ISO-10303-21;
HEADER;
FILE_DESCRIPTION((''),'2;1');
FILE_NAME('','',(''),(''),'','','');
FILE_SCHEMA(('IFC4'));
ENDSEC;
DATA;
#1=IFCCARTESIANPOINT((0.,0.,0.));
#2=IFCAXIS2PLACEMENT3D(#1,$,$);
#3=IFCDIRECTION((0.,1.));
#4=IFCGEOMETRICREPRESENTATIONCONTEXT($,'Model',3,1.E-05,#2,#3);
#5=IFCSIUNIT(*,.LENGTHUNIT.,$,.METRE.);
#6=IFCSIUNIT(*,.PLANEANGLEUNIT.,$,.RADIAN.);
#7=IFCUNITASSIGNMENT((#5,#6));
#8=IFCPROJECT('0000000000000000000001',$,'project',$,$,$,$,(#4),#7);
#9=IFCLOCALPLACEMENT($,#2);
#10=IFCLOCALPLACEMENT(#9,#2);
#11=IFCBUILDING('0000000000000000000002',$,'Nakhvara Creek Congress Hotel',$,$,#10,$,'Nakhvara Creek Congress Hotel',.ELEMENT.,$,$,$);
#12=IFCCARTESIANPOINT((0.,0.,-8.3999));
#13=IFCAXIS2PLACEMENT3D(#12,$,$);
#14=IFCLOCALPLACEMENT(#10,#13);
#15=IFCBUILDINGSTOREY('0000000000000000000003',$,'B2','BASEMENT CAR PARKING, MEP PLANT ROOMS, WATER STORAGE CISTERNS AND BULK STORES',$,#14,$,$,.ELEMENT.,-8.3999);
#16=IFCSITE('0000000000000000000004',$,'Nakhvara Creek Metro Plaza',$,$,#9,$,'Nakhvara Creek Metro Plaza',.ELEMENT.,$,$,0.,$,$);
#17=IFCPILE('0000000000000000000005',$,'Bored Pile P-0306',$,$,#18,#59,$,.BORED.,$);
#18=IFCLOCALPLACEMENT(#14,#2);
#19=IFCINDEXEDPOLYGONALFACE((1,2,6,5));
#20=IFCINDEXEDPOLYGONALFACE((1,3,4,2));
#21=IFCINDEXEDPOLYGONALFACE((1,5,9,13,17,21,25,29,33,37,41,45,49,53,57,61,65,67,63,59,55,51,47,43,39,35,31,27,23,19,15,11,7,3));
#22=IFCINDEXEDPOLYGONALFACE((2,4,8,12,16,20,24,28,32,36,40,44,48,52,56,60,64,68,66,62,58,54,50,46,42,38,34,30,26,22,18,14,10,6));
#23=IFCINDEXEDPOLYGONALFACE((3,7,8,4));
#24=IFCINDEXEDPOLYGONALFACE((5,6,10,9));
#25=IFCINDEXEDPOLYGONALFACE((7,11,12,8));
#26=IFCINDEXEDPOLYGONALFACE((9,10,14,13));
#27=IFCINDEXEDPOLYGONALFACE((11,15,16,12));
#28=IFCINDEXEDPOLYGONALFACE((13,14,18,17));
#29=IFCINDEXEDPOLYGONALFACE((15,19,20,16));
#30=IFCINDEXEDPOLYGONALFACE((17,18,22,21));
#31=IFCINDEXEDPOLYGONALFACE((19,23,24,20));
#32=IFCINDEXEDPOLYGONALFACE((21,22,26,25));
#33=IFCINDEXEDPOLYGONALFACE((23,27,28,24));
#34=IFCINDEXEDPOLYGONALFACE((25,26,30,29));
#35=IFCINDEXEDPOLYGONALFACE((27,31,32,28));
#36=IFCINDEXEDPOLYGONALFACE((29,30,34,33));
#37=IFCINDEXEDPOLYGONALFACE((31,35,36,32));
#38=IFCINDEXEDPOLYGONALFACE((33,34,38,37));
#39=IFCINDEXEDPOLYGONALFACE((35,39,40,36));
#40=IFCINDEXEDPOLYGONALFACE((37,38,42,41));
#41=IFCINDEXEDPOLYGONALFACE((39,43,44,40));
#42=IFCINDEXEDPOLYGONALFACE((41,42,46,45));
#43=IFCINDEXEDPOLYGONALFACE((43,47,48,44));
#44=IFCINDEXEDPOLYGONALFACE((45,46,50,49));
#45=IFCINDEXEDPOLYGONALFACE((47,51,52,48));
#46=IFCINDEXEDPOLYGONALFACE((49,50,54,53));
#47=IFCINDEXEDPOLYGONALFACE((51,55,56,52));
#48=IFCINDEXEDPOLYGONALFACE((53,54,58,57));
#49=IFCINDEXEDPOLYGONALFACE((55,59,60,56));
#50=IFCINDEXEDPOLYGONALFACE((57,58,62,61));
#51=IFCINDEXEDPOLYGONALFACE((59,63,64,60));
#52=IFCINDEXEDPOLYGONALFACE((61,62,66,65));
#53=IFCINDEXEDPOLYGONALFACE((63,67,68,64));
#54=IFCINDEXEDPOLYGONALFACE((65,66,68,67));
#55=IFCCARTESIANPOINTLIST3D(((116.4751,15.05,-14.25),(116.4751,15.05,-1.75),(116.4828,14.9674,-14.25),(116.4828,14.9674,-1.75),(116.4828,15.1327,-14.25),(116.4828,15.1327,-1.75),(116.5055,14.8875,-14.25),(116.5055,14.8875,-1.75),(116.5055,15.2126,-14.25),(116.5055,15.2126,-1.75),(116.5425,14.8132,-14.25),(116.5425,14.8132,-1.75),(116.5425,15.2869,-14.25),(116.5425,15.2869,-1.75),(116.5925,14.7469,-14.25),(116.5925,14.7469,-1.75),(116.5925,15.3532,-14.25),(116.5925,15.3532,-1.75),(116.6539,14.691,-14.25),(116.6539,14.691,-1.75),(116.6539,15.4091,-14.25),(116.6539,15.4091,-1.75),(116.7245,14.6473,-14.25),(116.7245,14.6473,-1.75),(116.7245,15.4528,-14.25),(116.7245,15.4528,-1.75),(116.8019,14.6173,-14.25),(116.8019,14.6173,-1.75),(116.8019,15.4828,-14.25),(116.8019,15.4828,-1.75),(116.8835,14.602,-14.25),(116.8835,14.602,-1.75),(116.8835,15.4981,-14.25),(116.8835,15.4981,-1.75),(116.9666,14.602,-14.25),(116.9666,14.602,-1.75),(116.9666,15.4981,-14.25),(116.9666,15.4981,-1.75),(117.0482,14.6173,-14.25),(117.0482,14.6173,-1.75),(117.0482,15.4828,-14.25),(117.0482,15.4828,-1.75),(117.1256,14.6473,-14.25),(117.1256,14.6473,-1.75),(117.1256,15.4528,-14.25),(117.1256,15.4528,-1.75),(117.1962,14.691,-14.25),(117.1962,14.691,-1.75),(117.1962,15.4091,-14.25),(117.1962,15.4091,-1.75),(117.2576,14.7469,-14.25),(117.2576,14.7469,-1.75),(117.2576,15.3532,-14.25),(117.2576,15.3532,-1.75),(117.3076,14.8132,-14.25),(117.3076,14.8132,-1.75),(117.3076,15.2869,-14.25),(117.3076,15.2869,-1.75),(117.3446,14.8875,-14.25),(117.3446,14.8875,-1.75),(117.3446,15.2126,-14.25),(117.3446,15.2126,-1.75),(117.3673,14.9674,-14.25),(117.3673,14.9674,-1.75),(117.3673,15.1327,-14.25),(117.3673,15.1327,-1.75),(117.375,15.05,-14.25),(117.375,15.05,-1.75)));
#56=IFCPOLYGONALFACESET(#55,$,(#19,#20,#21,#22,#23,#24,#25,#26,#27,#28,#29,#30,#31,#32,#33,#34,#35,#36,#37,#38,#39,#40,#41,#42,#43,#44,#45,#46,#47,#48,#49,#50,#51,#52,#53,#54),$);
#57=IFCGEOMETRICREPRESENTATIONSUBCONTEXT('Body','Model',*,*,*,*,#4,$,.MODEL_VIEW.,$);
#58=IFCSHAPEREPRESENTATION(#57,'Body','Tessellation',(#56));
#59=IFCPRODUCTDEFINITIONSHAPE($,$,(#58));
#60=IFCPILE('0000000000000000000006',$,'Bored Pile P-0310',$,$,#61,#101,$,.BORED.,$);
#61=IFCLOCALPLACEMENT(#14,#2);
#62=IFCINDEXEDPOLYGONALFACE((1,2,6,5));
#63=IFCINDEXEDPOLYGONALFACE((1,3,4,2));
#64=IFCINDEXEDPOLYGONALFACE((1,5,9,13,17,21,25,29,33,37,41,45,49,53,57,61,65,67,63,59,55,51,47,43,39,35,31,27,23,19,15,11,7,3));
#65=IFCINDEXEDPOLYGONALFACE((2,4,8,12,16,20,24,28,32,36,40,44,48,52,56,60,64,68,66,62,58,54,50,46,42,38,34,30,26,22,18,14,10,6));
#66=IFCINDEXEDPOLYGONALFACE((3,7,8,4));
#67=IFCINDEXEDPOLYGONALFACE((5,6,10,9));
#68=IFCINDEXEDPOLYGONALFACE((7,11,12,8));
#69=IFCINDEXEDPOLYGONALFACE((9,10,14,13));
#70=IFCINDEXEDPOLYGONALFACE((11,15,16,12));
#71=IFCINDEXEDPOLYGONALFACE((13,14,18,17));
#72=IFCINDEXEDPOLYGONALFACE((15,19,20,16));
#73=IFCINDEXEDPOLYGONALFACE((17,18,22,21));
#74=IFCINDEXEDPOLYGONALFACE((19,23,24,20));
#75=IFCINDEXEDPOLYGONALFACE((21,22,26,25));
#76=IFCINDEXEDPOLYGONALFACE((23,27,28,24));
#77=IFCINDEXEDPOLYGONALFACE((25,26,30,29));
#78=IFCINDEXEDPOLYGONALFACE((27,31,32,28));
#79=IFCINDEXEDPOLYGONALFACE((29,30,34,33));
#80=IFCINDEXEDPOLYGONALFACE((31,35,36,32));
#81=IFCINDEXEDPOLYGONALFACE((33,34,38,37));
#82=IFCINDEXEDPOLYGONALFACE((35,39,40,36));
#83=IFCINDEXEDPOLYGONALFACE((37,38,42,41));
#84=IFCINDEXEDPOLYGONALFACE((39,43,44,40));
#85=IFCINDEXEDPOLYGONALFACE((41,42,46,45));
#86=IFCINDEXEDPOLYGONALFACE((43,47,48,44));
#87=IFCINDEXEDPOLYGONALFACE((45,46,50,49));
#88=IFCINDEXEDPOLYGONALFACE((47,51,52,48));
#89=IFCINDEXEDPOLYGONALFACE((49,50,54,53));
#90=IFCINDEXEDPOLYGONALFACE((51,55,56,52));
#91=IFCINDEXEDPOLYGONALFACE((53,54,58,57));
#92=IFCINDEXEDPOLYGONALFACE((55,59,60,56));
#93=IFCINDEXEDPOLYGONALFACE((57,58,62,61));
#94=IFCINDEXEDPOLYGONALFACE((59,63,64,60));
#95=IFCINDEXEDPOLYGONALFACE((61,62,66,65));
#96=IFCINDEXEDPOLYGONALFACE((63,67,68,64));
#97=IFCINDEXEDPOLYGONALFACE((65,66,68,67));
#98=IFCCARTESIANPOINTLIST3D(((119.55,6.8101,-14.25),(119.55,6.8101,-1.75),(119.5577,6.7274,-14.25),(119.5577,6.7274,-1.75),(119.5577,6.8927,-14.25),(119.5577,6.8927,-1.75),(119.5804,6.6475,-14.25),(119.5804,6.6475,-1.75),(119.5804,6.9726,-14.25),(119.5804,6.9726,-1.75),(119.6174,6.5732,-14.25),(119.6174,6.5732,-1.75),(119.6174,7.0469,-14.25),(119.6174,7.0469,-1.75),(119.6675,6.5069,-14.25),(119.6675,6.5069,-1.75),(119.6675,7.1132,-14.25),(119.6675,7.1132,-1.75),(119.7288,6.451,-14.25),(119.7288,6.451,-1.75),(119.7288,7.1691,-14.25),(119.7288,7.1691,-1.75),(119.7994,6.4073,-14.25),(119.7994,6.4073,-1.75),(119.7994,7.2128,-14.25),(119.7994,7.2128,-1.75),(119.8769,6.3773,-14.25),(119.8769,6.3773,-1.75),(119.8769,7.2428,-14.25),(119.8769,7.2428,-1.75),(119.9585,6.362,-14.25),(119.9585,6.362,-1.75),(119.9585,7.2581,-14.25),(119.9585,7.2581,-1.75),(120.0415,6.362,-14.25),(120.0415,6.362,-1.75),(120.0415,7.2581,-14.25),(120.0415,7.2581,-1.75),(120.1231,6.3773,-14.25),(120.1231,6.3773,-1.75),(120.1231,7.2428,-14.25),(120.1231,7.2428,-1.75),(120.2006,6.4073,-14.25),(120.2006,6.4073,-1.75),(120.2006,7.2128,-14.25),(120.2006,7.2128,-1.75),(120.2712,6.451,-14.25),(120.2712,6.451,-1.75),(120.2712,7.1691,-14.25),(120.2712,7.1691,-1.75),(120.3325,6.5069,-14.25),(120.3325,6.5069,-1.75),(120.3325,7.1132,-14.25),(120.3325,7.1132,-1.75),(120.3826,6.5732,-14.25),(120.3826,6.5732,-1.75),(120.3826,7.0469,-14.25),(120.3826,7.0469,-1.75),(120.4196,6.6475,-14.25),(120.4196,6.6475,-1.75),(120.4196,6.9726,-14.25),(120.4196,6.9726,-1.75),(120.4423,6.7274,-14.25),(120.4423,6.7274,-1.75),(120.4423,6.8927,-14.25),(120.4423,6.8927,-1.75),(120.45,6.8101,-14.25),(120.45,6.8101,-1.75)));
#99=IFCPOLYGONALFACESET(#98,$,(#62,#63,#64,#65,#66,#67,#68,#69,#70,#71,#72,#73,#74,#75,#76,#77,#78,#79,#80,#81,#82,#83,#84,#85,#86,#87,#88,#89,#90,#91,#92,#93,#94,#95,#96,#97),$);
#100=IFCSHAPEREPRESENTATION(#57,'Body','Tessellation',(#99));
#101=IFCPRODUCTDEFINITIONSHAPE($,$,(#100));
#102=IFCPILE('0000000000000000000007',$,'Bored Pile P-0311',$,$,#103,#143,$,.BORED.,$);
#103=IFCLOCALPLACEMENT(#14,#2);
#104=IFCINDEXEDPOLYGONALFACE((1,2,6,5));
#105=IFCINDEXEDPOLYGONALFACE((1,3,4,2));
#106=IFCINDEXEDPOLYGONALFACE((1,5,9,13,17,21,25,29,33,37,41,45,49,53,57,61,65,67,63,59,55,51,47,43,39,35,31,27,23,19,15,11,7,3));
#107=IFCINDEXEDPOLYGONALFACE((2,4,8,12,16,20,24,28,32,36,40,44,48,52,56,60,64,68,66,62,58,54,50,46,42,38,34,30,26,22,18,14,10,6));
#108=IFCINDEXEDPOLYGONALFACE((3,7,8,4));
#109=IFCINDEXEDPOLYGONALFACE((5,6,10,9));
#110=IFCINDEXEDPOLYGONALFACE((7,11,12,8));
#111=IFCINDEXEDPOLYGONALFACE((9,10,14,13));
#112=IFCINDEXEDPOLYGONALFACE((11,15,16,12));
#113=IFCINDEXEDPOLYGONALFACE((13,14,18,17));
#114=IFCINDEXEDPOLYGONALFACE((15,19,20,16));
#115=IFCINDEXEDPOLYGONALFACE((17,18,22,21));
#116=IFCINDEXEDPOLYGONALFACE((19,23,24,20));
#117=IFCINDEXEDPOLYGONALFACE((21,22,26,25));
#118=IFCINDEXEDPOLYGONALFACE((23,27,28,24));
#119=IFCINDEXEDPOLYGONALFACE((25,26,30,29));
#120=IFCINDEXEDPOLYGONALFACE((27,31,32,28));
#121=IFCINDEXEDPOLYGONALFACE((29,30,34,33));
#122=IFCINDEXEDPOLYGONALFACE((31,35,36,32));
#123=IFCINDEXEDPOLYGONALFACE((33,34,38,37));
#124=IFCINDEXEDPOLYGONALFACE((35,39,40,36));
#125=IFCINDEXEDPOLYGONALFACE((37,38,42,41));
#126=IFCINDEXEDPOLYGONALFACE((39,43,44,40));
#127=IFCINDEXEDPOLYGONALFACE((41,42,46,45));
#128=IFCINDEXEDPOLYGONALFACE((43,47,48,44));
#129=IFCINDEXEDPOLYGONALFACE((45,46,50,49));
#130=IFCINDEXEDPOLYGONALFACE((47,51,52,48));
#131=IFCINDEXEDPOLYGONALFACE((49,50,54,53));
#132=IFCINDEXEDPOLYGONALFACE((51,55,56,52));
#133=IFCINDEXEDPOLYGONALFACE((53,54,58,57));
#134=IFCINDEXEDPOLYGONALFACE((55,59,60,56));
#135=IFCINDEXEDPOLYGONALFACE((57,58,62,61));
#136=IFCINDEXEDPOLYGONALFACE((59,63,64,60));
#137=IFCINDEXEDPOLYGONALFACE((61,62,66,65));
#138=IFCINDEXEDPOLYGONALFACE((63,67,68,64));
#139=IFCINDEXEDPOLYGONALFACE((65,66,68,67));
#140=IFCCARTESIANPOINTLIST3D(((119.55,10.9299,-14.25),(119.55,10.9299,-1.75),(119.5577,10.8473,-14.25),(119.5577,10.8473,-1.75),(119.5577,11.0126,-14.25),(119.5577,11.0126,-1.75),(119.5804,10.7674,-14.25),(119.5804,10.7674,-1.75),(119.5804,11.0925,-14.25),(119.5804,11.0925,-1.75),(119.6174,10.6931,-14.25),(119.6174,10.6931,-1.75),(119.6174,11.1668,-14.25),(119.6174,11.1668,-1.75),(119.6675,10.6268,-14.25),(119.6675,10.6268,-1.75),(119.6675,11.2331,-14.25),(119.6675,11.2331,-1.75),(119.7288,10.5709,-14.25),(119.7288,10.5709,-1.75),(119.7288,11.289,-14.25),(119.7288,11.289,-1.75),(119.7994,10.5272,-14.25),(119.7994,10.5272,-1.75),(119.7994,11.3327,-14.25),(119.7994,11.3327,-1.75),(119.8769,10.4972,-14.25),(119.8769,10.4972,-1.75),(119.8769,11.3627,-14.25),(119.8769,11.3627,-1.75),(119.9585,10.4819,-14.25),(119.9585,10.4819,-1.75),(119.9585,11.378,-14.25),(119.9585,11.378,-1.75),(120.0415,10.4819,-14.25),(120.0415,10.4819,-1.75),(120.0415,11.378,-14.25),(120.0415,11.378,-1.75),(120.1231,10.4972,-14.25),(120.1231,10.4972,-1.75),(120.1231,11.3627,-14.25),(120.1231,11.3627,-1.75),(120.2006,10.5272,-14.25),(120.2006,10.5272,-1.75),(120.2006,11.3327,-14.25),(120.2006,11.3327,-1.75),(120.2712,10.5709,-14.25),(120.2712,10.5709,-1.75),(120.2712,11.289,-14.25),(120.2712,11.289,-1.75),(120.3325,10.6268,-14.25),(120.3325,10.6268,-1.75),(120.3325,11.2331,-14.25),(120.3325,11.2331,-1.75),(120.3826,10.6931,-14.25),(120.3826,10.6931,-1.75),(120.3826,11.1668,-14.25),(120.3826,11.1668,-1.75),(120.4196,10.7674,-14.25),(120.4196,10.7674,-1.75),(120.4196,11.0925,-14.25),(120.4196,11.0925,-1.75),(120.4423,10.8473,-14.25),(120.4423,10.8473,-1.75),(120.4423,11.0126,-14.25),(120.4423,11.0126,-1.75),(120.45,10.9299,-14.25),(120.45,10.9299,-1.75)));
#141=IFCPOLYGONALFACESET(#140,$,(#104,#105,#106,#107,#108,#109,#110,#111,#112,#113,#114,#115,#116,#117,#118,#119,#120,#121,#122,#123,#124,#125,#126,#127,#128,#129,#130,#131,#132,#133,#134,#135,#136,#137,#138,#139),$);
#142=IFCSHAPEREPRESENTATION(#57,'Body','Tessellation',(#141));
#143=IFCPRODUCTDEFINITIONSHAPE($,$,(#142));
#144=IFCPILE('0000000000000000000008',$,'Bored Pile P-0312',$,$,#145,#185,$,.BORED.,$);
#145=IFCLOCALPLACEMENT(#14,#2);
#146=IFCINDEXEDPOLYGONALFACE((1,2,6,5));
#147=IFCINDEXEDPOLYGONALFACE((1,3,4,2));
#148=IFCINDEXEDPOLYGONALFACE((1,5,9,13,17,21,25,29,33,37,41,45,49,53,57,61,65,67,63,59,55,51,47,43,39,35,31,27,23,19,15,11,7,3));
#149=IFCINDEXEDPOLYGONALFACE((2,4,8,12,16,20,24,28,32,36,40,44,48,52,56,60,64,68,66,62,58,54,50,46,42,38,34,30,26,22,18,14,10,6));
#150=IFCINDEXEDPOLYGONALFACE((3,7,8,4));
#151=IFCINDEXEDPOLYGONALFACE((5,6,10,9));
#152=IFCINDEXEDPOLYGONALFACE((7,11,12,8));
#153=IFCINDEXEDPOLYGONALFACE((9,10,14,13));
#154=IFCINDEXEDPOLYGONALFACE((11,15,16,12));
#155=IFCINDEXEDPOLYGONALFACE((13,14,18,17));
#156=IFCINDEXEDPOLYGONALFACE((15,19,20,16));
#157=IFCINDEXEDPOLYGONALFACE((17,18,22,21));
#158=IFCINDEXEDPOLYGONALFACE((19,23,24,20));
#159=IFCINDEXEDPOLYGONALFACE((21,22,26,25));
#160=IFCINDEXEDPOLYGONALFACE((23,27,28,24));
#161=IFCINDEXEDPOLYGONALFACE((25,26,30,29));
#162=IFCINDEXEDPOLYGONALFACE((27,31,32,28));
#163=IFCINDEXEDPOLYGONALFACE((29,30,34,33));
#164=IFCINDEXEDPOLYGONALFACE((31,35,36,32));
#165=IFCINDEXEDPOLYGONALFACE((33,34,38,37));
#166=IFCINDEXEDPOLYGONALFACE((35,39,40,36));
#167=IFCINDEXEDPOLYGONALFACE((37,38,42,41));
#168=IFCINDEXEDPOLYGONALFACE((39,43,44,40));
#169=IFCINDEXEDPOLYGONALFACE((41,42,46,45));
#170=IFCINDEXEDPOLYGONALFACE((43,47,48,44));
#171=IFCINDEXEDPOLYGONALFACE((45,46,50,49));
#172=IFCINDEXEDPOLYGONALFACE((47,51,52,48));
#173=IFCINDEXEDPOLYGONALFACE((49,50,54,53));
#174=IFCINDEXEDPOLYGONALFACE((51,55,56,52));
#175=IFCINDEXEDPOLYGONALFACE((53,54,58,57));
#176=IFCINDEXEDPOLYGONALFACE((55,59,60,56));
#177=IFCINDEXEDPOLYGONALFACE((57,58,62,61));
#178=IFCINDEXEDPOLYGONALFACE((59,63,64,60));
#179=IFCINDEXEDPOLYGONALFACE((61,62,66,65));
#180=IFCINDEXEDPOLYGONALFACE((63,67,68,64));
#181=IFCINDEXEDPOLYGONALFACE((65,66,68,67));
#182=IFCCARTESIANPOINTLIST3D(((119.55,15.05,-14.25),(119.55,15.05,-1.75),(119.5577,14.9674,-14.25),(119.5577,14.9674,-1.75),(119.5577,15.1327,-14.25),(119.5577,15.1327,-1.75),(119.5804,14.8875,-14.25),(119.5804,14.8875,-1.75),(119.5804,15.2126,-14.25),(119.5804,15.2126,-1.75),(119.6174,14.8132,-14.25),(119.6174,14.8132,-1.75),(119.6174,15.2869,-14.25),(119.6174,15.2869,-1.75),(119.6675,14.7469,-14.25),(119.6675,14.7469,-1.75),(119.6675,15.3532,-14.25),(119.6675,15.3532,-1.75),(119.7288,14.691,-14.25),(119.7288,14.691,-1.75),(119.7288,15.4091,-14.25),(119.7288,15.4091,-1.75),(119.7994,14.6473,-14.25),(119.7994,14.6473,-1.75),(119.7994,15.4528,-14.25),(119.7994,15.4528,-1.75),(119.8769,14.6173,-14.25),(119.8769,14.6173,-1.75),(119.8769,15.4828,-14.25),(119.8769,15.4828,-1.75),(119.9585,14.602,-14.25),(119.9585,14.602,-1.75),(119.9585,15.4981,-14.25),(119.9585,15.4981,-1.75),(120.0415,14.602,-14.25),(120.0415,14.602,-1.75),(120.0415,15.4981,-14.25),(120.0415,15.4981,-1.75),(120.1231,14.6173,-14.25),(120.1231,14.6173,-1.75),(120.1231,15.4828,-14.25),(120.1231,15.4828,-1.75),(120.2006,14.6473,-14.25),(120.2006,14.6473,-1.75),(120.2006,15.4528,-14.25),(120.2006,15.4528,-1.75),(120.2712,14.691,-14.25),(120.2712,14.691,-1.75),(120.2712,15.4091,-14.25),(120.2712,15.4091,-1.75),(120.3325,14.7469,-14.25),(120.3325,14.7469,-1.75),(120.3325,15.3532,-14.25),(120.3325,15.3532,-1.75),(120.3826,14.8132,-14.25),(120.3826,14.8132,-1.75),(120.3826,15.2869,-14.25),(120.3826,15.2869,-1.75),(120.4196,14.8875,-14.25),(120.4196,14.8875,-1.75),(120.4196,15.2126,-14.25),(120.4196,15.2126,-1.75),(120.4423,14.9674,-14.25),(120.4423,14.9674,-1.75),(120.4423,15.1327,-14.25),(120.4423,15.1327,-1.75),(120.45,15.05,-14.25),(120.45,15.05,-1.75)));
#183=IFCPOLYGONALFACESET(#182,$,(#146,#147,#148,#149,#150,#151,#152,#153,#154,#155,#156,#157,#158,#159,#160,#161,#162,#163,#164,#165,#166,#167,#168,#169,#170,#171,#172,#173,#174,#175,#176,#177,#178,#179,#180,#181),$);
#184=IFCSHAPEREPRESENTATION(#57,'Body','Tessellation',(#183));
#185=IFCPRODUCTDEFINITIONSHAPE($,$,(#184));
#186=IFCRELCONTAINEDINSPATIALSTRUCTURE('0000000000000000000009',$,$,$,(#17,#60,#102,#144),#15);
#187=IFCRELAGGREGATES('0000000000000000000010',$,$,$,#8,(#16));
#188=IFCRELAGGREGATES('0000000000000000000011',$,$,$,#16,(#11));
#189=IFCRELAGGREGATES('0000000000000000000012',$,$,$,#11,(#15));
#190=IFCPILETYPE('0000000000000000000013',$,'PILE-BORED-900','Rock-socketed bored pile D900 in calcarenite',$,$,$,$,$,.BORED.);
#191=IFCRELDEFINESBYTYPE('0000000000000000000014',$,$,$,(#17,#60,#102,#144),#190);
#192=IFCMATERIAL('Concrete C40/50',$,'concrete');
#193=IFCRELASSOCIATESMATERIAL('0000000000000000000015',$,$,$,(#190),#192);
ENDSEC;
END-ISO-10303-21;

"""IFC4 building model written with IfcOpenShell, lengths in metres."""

from ifc_helpers import new_model, si_unit, direction, frame, origin, origin_2d, place, context, subcontext, project, spatial, circle, extrude, material, material_profile, profile_set, type_object, element, save


model = new_model("IFC4")

# Units and contexts
model_context = context("Model", 3, precision=1e-05, world=origin(), true_north=direction((0.0, 1.0)))
body_context = subcontext(model_context, "Body", "Model", "MODEL_VIEW")
ifc_project = project(units=[si_unit("LENGTHUNIT", "METRE"), si_unit("PLANEANGLEUNIT", "RADIAN")], contexts=[model_context])

# Site, building, storey
site_placement = place(None, origin())
site = spatial("IfcSite", under=ifc_project, at=site_placement, Name="Nakhvara Creek Metro Plaza", LongName="Nakhvara Creek Metro Plaza", CompositionType="ELEMENT", RefElevation=0.0)
building_placement = place(site_placement, origin())
building = spatial("IfcBuilding", under=site, at=building_placement, Name="Nakhvara Creek Congress Hotel", LongName="Nakhvara Creek Congress Hotel", CompositionType="ELEMENT")
storey_placement = place(building_placement, frame((0.0, 0.0, -8.3999)))
storey = spatial("IfcBuildingStorey", under=building, at=storey_placement, Name="B2", Description="BASEMENT CAR PARKING, MEP PLANT ROOMS, WATER STORAGE CISTERNS AND BULK STORES", CompositionType="ELEMENT", Elevation=-8.3999)

# Shared definitions
ifc_material_1 = material(Name="Concrete C40/50", Category="concrete")

# Piles
ifc_material_profile_1 = material_profile(ifc_material_1, circle(Radius=0.45, at=origin_2d()), Name="BORED PILE D900", Category="LoadBearing")
ifc_profile_set_1 = profile_set([ifc_material_profile_1], Name="Concrete C40/50")
pile_type = type_object("IfcPileType", Name="PILE-BORED-900", Description="Rock-socketed bored pile D900 in calcarenite", PredefinedType="BORED", material=ifc_profile_set_1)
for number, where, z_axis, x_axis, name in (
    (1, (116.925, 15.05, -1.75), (0.0, 0.0, -1.0), (1.0, 0.0, 0.0), "Bored Pile P-0306"),
    (2, (120.0, 6.8101, -1.75), (0.0, 0.0, -1.0), (1.0, 0.0, 0.0), "Bored Pile P-0310"),
    (3, (120.0, 10.9299, -1.75), (0.0, 0.0, -1.0), (1.0, 0.0, 0.0), "Bored Pile P-0311"),
    (4, (120.0, 15.05, -1.75), (0.0, 0.0, -1.0), (1.0, 0.0, 0.0), "Bored Pile P-0312"),
):
    element("IfcPile", number, at=place(storey_placement, frame(where, z_axis=z_axis, x_axis=x_axis)), inside=storey, type_object=pile_type, Name=name, PredefinedType="BORED", context=body_context, shape_type="SweptSolid", body=[
        extrude(circle(Radius=0.45, at=origin_2d()), origin(), (0.0, 0.0, 1.0), 12.5),
    ])

save(model, "model.ifc")
